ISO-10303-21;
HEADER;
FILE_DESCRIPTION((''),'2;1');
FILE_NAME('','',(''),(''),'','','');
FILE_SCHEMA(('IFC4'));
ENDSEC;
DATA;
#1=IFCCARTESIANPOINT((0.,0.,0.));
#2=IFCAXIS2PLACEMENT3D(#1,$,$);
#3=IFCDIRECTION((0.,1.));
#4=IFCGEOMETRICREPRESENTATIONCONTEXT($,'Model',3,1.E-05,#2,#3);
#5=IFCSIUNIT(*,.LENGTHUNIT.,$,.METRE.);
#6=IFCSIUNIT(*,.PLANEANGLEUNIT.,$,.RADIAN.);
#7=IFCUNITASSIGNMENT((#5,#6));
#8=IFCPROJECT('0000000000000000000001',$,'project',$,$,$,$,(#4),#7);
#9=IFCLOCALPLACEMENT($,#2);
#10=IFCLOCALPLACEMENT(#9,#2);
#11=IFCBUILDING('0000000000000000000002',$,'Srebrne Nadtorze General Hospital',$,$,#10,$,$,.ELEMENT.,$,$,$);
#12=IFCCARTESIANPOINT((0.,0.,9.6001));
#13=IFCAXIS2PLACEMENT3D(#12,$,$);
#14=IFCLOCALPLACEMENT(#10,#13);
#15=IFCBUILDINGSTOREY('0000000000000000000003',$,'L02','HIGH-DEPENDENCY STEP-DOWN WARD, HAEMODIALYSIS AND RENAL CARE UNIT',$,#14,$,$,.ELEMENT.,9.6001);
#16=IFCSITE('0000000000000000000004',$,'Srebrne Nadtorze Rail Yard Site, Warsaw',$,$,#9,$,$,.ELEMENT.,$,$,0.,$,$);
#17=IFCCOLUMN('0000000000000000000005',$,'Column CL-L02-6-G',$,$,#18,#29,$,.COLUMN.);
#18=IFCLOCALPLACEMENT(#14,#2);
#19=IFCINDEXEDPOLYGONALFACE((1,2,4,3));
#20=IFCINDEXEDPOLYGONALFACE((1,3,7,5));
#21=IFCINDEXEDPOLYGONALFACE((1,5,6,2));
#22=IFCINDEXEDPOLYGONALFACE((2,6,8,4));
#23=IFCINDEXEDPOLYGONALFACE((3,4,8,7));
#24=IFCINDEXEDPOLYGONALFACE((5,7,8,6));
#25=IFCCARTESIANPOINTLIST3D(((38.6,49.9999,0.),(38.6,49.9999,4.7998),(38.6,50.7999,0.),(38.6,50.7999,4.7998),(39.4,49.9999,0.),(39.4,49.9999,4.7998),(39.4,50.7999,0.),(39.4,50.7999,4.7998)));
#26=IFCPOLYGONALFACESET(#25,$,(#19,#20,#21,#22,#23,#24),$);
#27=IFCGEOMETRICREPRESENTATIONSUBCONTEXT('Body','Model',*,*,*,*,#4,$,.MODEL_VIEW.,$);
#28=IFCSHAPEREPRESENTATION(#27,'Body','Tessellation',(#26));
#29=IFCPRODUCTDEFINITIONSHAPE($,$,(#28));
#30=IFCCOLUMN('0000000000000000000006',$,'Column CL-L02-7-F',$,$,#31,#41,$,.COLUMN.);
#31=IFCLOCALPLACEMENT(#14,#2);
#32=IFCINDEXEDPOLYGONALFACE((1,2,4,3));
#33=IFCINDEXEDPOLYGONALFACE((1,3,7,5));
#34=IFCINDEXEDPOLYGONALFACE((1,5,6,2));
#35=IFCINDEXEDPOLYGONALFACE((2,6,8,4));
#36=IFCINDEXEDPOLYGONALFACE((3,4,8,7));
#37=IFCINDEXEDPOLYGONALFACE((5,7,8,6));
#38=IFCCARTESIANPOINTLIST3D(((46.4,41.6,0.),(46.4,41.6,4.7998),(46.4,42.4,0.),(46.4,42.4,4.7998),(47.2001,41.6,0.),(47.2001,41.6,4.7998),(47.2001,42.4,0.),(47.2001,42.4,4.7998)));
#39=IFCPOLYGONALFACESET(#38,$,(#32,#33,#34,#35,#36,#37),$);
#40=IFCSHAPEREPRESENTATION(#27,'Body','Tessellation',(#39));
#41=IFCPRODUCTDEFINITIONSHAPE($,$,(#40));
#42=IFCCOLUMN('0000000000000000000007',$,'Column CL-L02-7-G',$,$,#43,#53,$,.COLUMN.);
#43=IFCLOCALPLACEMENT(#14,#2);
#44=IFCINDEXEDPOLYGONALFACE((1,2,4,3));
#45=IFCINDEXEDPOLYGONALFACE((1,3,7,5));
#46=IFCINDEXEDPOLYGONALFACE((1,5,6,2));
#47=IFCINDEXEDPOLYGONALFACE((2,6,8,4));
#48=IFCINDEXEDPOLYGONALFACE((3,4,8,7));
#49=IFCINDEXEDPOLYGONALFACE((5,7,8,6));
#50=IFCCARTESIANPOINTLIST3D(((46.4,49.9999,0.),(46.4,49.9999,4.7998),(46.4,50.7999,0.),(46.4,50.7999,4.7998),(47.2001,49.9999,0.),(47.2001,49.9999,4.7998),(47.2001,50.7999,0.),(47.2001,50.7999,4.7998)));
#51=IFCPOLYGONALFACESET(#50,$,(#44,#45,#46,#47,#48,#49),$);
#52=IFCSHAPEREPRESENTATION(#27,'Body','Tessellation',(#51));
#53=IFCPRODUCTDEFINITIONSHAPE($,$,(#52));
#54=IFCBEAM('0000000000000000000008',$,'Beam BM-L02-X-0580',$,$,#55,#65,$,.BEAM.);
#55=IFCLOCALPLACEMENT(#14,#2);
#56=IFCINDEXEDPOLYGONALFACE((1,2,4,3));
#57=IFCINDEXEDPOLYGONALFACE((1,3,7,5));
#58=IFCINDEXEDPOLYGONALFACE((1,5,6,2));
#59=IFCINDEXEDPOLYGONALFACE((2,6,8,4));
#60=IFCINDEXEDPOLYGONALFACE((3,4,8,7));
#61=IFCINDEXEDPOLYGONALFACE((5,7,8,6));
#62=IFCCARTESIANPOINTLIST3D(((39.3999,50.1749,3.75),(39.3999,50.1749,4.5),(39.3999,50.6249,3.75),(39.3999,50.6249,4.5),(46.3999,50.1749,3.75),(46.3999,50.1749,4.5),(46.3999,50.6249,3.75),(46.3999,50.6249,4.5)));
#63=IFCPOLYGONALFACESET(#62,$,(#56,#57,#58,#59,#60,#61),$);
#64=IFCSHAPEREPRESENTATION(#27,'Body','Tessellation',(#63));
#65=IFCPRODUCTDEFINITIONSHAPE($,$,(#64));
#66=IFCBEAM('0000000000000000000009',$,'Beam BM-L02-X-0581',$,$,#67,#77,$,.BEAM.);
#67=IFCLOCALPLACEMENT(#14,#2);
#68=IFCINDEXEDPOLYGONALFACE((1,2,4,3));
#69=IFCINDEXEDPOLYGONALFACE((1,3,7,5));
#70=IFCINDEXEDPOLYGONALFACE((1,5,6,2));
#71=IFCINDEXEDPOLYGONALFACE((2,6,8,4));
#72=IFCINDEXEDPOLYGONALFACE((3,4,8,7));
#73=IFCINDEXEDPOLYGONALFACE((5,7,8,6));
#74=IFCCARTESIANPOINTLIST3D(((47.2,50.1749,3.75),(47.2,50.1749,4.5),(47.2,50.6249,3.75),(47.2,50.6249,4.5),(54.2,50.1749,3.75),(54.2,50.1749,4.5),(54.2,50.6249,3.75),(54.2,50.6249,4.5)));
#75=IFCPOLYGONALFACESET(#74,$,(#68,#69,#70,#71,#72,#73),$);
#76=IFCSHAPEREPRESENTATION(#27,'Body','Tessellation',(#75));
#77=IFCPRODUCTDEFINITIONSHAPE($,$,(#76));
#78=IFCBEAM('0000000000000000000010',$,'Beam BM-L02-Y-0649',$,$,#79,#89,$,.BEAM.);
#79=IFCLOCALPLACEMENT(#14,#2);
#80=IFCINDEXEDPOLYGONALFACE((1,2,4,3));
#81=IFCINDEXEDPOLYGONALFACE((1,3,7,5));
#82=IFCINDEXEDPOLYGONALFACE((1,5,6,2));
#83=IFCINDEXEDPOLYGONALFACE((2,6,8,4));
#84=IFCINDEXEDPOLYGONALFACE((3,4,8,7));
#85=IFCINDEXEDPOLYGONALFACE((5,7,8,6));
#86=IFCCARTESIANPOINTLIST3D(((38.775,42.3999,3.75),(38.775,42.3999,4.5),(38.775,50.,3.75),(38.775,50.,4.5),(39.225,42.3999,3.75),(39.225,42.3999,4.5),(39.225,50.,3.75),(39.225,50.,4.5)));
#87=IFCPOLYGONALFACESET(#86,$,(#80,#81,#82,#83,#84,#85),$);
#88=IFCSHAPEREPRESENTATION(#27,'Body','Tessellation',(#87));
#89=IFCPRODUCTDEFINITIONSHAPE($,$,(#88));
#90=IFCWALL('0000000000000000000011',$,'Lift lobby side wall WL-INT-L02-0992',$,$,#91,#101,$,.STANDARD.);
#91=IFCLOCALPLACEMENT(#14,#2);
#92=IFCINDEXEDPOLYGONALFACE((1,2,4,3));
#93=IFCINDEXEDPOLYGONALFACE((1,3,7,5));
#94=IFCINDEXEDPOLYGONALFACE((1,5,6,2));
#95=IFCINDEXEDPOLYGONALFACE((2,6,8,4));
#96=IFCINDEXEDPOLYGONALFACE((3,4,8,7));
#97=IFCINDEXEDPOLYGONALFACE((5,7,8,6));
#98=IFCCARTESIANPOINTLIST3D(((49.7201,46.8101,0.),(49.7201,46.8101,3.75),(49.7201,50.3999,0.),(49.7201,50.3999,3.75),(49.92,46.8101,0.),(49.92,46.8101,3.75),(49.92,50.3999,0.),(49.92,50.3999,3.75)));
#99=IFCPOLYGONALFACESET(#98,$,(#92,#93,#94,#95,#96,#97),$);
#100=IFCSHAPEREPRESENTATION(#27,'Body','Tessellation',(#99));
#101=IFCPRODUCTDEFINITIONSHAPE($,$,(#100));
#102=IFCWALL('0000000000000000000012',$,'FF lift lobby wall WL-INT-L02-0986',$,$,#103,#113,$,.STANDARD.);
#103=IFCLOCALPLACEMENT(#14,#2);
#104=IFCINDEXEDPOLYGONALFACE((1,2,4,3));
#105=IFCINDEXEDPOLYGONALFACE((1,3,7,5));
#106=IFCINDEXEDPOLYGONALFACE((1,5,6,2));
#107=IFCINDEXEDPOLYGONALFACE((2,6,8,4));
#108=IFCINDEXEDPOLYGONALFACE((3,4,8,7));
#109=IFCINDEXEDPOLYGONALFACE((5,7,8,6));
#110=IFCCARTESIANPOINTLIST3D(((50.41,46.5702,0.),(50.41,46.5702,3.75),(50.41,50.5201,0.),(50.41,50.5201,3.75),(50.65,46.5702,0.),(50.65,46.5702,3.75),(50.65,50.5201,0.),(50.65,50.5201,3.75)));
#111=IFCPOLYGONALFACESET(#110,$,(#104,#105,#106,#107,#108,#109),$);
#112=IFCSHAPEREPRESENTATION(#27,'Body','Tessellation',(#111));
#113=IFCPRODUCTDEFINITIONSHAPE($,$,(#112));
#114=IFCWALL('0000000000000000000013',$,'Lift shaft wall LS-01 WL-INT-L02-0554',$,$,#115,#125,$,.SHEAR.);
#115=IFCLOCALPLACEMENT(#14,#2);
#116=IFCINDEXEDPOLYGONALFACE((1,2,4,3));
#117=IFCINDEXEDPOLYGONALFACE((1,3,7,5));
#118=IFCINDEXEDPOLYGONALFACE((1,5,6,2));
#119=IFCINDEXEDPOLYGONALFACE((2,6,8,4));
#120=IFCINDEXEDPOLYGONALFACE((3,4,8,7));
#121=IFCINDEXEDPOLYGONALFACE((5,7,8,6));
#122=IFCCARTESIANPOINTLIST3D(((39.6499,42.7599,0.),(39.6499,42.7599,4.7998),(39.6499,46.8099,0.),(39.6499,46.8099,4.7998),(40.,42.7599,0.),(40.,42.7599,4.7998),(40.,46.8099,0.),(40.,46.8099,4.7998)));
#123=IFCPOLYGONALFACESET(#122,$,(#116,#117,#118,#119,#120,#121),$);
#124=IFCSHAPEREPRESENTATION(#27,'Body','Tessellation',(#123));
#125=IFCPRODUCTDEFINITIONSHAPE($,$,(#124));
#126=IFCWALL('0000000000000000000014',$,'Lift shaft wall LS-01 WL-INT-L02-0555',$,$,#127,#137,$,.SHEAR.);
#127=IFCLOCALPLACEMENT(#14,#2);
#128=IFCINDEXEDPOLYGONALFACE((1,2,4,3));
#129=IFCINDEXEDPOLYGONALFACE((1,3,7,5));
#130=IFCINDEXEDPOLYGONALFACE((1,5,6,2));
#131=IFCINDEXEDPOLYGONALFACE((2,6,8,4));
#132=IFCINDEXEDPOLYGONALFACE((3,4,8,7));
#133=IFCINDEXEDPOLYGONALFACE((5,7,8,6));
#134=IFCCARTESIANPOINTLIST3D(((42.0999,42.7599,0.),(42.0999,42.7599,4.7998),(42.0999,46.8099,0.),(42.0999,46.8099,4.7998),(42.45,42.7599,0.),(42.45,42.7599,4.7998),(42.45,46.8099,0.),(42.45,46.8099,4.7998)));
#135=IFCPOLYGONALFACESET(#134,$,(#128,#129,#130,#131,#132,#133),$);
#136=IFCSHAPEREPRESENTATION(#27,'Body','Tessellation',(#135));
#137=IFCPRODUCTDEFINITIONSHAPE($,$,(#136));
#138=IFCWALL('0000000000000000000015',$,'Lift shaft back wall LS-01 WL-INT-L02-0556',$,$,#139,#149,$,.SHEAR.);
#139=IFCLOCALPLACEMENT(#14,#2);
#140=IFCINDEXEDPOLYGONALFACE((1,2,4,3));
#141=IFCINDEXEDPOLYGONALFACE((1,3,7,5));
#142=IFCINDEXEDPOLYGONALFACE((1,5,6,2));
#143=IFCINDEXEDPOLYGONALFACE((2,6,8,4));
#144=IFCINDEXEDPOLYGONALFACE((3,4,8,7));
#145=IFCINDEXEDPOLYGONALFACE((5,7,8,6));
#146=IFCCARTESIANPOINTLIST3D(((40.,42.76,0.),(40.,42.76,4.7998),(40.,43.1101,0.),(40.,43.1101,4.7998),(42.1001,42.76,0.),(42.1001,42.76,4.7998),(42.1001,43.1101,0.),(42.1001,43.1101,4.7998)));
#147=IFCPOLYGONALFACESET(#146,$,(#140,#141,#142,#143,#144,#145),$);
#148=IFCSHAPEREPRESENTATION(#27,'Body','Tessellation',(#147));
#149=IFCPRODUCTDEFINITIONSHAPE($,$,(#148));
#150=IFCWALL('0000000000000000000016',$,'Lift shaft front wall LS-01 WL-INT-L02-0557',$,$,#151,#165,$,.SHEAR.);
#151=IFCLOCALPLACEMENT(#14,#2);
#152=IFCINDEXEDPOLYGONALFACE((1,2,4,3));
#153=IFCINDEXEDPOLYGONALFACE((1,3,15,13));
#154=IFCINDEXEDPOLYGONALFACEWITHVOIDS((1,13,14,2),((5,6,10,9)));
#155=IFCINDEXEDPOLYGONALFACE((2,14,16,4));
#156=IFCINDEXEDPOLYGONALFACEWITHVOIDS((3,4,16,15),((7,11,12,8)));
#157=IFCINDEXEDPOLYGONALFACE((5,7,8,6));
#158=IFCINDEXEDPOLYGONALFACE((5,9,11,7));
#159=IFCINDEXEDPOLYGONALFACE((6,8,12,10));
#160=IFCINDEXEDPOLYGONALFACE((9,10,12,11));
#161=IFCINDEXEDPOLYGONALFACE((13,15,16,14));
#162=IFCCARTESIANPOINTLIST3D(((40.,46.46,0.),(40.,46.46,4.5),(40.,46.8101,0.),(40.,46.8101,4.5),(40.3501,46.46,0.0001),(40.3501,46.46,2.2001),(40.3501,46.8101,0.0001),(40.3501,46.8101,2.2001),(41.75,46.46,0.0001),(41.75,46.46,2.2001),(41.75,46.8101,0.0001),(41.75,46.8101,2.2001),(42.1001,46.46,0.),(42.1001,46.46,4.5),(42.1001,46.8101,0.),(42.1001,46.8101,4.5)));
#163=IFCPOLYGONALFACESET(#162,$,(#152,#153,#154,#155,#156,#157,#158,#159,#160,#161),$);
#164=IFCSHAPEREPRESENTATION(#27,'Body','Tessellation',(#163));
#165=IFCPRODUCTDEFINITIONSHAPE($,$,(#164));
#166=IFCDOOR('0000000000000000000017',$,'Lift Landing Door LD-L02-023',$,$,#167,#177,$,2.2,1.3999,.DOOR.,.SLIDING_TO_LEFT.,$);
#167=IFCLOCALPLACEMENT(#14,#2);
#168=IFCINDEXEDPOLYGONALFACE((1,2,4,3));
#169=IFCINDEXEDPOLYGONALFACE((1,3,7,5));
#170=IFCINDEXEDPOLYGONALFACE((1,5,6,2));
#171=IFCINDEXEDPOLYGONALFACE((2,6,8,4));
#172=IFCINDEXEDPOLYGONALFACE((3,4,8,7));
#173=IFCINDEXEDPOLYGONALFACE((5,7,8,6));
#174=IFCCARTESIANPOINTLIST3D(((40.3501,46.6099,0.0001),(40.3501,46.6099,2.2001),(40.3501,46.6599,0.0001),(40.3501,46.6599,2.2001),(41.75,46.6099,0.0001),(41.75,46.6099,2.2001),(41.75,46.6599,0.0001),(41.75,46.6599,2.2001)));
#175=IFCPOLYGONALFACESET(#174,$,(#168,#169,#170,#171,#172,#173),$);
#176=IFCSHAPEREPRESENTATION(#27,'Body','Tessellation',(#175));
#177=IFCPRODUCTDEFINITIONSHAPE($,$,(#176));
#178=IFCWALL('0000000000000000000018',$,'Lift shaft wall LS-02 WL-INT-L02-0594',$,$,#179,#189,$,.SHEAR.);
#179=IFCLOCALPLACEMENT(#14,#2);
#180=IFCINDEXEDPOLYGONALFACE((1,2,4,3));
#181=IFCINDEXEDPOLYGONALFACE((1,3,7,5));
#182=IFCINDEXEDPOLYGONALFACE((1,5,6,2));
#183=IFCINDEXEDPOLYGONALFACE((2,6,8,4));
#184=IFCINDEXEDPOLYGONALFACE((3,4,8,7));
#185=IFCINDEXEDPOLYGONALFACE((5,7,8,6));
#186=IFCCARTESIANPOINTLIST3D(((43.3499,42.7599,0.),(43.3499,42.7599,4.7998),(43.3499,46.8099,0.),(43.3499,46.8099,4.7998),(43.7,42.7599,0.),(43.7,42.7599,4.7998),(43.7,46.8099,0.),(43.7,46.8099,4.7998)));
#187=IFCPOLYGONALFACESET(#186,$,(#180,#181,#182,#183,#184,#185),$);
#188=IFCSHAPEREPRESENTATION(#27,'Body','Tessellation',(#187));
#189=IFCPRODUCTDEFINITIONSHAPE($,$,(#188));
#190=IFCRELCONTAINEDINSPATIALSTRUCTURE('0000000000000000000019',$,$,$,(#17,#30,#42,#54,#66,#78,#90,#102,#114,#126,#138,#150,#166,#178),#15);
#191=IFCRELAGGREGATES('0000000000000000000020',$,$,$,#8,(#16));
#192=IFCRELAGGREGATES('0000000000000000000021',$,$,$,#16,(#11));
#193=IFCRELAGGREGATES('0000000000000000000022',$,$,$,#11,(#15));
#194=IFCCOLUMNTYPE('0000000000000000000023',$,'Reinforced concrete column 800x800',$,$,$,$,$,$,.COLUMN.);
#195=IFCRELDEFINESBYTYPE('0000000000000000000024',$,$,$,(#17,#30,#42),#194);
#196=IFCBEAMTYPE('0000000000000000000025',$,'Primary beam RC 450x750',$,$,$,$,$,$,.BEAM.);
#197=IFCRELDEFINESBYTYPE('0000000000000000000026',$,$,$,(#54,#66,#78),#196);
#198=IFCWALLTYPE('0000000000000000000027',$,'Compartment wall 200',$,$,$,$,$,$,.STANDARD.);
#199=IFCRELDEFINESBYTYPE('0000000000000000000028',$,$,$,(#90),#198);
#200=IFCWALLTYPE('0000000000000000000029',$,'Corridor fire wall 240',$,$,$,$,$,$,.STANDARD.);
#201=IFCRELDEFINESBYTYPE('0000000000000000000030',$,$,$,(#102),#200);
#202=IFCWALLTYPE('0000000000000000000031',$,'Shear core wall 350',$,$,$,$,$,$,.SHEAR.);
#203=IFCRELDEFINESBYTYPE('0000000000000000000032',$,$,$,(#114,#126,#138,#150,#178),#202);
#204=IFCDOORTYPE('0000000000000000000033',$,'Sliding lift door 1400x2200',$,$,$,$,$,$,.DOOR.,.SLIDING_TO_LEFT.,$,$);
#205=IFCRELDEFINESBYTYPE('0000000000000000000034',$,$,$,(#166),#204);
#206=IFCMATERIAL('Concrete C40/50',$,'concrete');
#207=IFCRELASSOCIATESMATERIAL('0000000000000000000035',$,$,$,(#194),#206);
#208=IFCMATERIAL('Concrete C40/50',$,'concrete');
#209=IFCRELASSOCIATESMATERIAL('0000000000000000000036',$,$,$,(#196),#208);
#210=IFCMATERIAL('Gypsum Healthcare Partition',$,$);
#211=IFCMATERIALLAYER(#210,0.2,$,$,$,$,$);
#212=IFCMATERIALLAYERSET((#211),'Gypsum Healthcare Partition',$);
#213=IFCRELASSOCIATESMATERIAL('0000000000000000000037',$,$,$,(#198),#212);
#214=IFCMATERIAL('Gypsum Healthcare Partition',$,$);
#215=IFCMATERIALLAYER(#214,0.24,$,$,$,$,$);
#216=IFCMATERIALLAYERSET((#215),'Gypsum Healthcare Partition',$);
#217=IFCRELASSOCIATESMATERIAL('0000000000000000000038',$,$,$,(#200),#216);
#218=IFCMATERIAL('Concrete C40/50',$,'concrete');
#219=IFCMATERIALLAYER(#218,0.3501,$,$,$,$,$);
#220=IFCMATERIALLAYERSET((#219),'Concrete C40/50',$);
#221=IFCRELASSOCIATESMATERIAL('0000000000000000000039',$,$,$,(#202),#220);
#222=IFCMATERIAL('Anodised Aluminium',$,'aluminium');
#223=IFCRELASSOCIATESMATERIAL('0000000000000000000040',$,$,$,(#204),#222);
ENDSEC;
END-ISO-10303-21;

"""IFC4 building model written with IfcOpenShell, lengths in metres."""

from ifc_helpers import new_model, si_unit, direction, frame, frame_2d, origin, origin_2d, place, context, subcontext, project, spatial, rectangle, extrude, material, layer, layer_set, material_profile, profile_set, type_object, element, fill, save


model = new_model("IFC4")

# Units and contexts
model_context = context("Model", 3, precision=1e-05, world=origin(), true_north=direction((0.0, 1.0)))
body_context = subcontext(model_context, "Body", "Model", "MODEL_VIEW")
ifc_project = project(units=[si_unit("LENGTHUNIT", "METRE"), si_unit("PLANEANGLEUNIT", "RADIAN")], contexts=[model_context])

# Site, building, storey
site_placement = place(None, origin())
site = spatial("IfcSite", under=ifc_project, at=site_placement, Name="Srebrne Nadtorze Rail Yard Site, Warsaw", CompositionType="ELEMENT", RefElevation=0.0)
building_placement = place(site_placement, origin())
building = spatial("IfcBuilding", under=site, at=building_placement, Name="Srebrne Nadtorze General Hospital", CompositionType="ELEMENT")
storey_placement = place(building_placement, frame((0.0, 0.0, 9.6001)))
storey = spatial("IfcBuildingStorey", under=building, at=storey_placement, Name="L02", Description="HIGH-DEPENDENCY STEP-DOWN WARD, HAEMODIALYSIS AND RENAL CARE UNIT", CompositionType="ELEMENT", Elevation=9.6001)

# Columns
ifc_material_1 = material(Name="Concrete C40/50", Category="concrete")
ifc_material_profile_1 = material_profile(ifc_material_1, rectangle(XDim=0.8, YDim=0.8, at=origin_2d()), Name="RC-COL-800x800")
ifc_profile_set_1 = profile_set([ifc_material_profile_1], Name="Concrete C40/50")
column_type = type_object("IfcColumnType", Name="Reinforced concrete column 800x800", PredefinedType="COLUMN", material=ifc_profile_set_1)
for number, where, z_axis, x_axis, name in (
    (1, (39.0, 50.3999, 0.0), (0.0, 0.0, 1.0), (1.0, 0.0, 0.0), "Column CL-L02-6-G"),
    (2, (46.8, 42.0, 0.0), (0.0, 0.0, 1.0), (1.0, 0.0, 0.0), "Column CL-L02-7-F"),
    (3, (46.8, 50.3999, 0.0), (0.0, 0.0, 1.0), (1.0, 0.0, 0.0), "Column CL-L02-7-G"),
):
    element("IfcColumn", number, at=place(storey_placement, frame(where, z_axis=z_axis, x_axis=x_axis)), inside=storey, type_object=column_type, Name=name, PredefinedType="COLUMN", context=body_context, shape_type="SweptSolid", body=[
        extrude(rectangle(XDim=0.8, YDim=0.8, at=origin_2d()), origin(), (0.0, 0.0, 1.0), 4.7998),
    ])

# Beams
ifc_material_2 = material(Name="Concrete C40/50", Category="concrete")
ifc_material_profile_2 = material_profile(ifc_material_2, rectangle(XDim=0.45, YDim=0.75, at=origin_2d()), Name="RC-BM-450x750")
ifc_profile_set_2 = profile_set([ifc_material_profile_2], Name="Concrete C40/50")
beam_type = type_object("IfcBeamType", Name="Primary beam RC 450x750", PredefinedType="BEAM", material=ifc_profile_set_2)
for number, where, z_axis, x_axis, name in (
    (4, (39.3999, 50.3999, 4.125), (1.0, 0.0, 0.0), (0.0, 1.0, 0.0), "Beam BM-L02-X-0580"),
    (5, (47.2, 50.3999, 4.125), (1.0, 0.0, 0.0), (0.0, 1.0, 0.0), "Beam BM-L02-X-0581"),
):
    element("IfcBeam", number, at=place(storey_placement, frame(where, z_axis=z_axis, x_axis=x_axis)), inside=storey, type_object=beam_type, Name=name, PredefinedType="BEAM", context=body_context, shape_type="SweptSolid", body=[
        extrude(rectangle(XDim=0.45, YDim=0.75, at=origin_2d()), origin(), (0.0, 0.0, 1.0), 7.0),
    ])
beam_placement = place(storey_placement, frame((39.0, 42.3999, 4.125), z_axis=(0.0, 1.0, 0.0), x_axis=(-1.0, 0.0, 0.0)))
element("IfcBeam", 6, at=beam_placement, inside=storey, type_object=beam_type, Name="Beam BM-L02-Y-0649", PredefinedType="BEAM", context=body_context, shape_type="SweptSolid", body=[
    extrude(rectangle(XDim=0.45, YDim=0.75, at=origin_2d()), origin(), (0.0, 0.0, 1.0), 7.6001),
])

# Walls
ifc_material_3 = material(Name="Gypsum Healthcare Partition")
ifc_layer_1 = layer(ifc_material_3, 0.2)
ifc_layer_set_1 = layer_set([ifc_layer_1], Name="Gypsum Healthcare Partition")
wall_type_1 = type_object("IfcWallType", Name="Compartment wall 200", PredefinedType="STANDARD", material=ifc_layer_set_1)
wall_1_placement = place(storey_placement, frame((49.8201, 46.8101, 0.0), z_axis=(0.0, 0.0, 1.0), x_axis=(0.0, 1.0, 0.0)))
element("IfcWall", 7, at=wall_1_placement, inside=storey, type_object=wall_type_1, Name="Lift lobby side wall WL-INT-L02-0992", PredefinedType="STANDARD", context=body_context, shape_type="SweptSolid", body=[
    extrude(rectangle(XDim=3.5898, YDim=0.2, at=frame_2d((1.7949, 0.0))), origin(), (0.0, 0.0, 1.0), 3.75),
])
ifc_material_4 = material(Name="Gypsum Healthcare Partition")
ifc_layer_2 = layer(ifc_material_4, 0.24)
ifc_layer_set_2 = layer_set([ifc_layer_2], Name="Gypsum Healthcare Partition")
wall_type_2 = type_object("IfcWallType", Name="Corridor fire wall 240", PredefinedType="STANDARD", material=ifc_layer_set_2)
wall_2_placement = place(storey_placement, frame((50.53, 46.5701, 0.0), z_axis=(0.0, 0.0, 1.0), x_axis=(0.0, 1.0, 0.0)))
element("IfcWall", 8, at=wall_2_placement, inside=storey, type_object=wall_type_2, Name="FF lift lobby wall WL-INT-L02-0986", PredefinedType="STANDARD", context=body_context, shape_type="SweptSolid", body=[
    extrude(rectangle(XDim=3.95, YDim=0.24, at=frame_2d((1.9751, 0.0))), origin(), (0.0, 0.0, 1.0), 3.75),
])
ifc_material_5 = material(Name="Concrete C40/50", Category="concrete")
ifc_layer_3 = layer(ifc_material_5, 0.3501)
ifc_layer_set_3 = layer_set([ifc_layer_3], Name="Concrete C40/50")
wall_type_3 = type_object("IfcWallType", Name="Shear core wall 350", PredefinedType="SHEAR", material=ifc_layer_set_3)
for number, where, z_axis, x_axis, name in (
    (9, (39.825, 42.76, 0.0), (0.0, 0.0, 1.0), (0.0, 1.0, 0.0), "Lift shaft wall LS-01 WL-INT-L02-0554"),
    (10, (42.2749, 42.76, 0.0), (0.0, 0.0, 1.0), (0.0, 1.0, 0.0), "Lift shaft wall LS-01 WL-INT-L02-0555"),
):
    element("IfcWall", number, at=place(storey_placement, frame(where, z_axis=z_axis, x_axis=x_axis)), inside=storey, type_object=wall_type_3, Name=name, PredefinedType="SHEAR", context=body_context, shape_type="SweptSolid", body=[
        extrude(rectangle(XDim=4.05, YDim=0.3501, at=frame_2d((2.0249, 0.0))), origin(), (0.0, 0.0, 1.0), 4.7998),
    ])
wall_3_placement = place(storey_placement, frame((40.0, 42.9351, 0.0), z_axis=(0.0, 0.0, 1.0), x_axis=(1.0, 0.0, 0.0)))
element("IfcWall", 11, at=wall_3_placement, inside=storey, type_object=wall_type_3, Name="Lift shaft back wall LS-01 WL-INT-L02-0556", PredefinedType="SHEAR", context=body_context, shape_type="SweptSolid", body=[
    extrude(rectangle(XDim=2.1001, YDim=0.3501, at=frame_2d((1.05, 0.0))), origin(), (0.0, 0.0, 1.0), 4.7998),
])

# Wall, opening, door
wall_4_placement = place(storey_placement, frame((40.0, 46.635, 0.0), z_axis=(0.0, 0.0, 1.0), x_axis=(1.0, 0.0, 0.0)))
wall_4 = element("IfcWall", 12, at=wall_4_placement, inside=storey, type_object=wall_type_3, Name="Lift shaft front wall LS-01 WL-INT-L02-0557", PredefinedType="SHEAR", context=body_context, shape_type="SweptSolid", body=[
    extrude(rectangle(XDim=2.1001, YDim=0.3501, at=frame_2d((1.05, 0.0))), origin(), (0.0, 0.0, 1.0), 4.5),
])
opening_1_placement = place(wall_4_placement, frame((0.3501, 0.0, 0.0)))
opening_1 = element("IfcOpeningElement", 13, at=opening_1_placement, cuts=wall_4, PredefinedType="OPENING", context=body_context, shape_type="SweptSolid", body=[
    extrude(rectangle(XDim=1.3999, YDim=2.2, at=frame_2d((0.7, 1.1001))), frame((0.0, 0.187, 0.0), z_axis=(0.0, -1.0, 0.0), x_axis=(1.0, 0.0, 0.0)), (0.0, 0.0, 1.0), 0.374),
])
ifc_material_6 = material(Name="Anodised Aluminium", Category="aluminium")
door_type_1 = type_object("IfcDoorType", Name="Sliding lift door 1400x2200", OperationType="SLIDING_TO_LEFT", PredefinedType="DOOR", material=ifc_material_6)
door_1_placement = place(opening_1_placement, origin())
door_1 = element("IfcDoor", 14, at=door_1_placement, inside=storey, type_object=door_type_1, Name="Lift Landing Door LD-L02-023", OperationType="SLIDING_TO_LEFT", OverallHeight=2.2, OverallWidth=1.3999, PredefinedType="DOOR", context=body_context, shape_type="SweptSolid", body=[
    extrude(rectangle(XDim=1.3999, YDim=2.2, at=frame_2d((0.7, 1.1001))), frame((0.0, 0.0249, 0.0), z_axis=(0.0, -1.0, 0.0), x_axis=(1.0, 0.0, 0.0)), (0.0, 0.0, 1.0), 0.05),
])
fill(opening_1, door_1)

# Wall
for number, where, z_axis, x_axis, name in (
    (15, (43.5249, 42.76, 0.0), (0.0, 0.0, 1.0), (0.0, 1.0, 0.0), "Lift shaft wall LS-02 WL-INT-L02-0594"),
):
    element("IfcWall", number, at=place(storey_placement, frame(where, z_axis=z_axis, x_axis=x_axis)), inside=storey, type_object=wall_type_3, Name=name, PredefinedType="SHEAR", context=body_context, shape_type="SweptSolid", body=[
        extrude(rectangle(XDim=4.05, YDim=0.3501, at=frame_2d((2.0249, 0.0))), origin(), (0.0, 0.0, 1.0), 4.7998),
    ])

save(model, "model.ifc")
